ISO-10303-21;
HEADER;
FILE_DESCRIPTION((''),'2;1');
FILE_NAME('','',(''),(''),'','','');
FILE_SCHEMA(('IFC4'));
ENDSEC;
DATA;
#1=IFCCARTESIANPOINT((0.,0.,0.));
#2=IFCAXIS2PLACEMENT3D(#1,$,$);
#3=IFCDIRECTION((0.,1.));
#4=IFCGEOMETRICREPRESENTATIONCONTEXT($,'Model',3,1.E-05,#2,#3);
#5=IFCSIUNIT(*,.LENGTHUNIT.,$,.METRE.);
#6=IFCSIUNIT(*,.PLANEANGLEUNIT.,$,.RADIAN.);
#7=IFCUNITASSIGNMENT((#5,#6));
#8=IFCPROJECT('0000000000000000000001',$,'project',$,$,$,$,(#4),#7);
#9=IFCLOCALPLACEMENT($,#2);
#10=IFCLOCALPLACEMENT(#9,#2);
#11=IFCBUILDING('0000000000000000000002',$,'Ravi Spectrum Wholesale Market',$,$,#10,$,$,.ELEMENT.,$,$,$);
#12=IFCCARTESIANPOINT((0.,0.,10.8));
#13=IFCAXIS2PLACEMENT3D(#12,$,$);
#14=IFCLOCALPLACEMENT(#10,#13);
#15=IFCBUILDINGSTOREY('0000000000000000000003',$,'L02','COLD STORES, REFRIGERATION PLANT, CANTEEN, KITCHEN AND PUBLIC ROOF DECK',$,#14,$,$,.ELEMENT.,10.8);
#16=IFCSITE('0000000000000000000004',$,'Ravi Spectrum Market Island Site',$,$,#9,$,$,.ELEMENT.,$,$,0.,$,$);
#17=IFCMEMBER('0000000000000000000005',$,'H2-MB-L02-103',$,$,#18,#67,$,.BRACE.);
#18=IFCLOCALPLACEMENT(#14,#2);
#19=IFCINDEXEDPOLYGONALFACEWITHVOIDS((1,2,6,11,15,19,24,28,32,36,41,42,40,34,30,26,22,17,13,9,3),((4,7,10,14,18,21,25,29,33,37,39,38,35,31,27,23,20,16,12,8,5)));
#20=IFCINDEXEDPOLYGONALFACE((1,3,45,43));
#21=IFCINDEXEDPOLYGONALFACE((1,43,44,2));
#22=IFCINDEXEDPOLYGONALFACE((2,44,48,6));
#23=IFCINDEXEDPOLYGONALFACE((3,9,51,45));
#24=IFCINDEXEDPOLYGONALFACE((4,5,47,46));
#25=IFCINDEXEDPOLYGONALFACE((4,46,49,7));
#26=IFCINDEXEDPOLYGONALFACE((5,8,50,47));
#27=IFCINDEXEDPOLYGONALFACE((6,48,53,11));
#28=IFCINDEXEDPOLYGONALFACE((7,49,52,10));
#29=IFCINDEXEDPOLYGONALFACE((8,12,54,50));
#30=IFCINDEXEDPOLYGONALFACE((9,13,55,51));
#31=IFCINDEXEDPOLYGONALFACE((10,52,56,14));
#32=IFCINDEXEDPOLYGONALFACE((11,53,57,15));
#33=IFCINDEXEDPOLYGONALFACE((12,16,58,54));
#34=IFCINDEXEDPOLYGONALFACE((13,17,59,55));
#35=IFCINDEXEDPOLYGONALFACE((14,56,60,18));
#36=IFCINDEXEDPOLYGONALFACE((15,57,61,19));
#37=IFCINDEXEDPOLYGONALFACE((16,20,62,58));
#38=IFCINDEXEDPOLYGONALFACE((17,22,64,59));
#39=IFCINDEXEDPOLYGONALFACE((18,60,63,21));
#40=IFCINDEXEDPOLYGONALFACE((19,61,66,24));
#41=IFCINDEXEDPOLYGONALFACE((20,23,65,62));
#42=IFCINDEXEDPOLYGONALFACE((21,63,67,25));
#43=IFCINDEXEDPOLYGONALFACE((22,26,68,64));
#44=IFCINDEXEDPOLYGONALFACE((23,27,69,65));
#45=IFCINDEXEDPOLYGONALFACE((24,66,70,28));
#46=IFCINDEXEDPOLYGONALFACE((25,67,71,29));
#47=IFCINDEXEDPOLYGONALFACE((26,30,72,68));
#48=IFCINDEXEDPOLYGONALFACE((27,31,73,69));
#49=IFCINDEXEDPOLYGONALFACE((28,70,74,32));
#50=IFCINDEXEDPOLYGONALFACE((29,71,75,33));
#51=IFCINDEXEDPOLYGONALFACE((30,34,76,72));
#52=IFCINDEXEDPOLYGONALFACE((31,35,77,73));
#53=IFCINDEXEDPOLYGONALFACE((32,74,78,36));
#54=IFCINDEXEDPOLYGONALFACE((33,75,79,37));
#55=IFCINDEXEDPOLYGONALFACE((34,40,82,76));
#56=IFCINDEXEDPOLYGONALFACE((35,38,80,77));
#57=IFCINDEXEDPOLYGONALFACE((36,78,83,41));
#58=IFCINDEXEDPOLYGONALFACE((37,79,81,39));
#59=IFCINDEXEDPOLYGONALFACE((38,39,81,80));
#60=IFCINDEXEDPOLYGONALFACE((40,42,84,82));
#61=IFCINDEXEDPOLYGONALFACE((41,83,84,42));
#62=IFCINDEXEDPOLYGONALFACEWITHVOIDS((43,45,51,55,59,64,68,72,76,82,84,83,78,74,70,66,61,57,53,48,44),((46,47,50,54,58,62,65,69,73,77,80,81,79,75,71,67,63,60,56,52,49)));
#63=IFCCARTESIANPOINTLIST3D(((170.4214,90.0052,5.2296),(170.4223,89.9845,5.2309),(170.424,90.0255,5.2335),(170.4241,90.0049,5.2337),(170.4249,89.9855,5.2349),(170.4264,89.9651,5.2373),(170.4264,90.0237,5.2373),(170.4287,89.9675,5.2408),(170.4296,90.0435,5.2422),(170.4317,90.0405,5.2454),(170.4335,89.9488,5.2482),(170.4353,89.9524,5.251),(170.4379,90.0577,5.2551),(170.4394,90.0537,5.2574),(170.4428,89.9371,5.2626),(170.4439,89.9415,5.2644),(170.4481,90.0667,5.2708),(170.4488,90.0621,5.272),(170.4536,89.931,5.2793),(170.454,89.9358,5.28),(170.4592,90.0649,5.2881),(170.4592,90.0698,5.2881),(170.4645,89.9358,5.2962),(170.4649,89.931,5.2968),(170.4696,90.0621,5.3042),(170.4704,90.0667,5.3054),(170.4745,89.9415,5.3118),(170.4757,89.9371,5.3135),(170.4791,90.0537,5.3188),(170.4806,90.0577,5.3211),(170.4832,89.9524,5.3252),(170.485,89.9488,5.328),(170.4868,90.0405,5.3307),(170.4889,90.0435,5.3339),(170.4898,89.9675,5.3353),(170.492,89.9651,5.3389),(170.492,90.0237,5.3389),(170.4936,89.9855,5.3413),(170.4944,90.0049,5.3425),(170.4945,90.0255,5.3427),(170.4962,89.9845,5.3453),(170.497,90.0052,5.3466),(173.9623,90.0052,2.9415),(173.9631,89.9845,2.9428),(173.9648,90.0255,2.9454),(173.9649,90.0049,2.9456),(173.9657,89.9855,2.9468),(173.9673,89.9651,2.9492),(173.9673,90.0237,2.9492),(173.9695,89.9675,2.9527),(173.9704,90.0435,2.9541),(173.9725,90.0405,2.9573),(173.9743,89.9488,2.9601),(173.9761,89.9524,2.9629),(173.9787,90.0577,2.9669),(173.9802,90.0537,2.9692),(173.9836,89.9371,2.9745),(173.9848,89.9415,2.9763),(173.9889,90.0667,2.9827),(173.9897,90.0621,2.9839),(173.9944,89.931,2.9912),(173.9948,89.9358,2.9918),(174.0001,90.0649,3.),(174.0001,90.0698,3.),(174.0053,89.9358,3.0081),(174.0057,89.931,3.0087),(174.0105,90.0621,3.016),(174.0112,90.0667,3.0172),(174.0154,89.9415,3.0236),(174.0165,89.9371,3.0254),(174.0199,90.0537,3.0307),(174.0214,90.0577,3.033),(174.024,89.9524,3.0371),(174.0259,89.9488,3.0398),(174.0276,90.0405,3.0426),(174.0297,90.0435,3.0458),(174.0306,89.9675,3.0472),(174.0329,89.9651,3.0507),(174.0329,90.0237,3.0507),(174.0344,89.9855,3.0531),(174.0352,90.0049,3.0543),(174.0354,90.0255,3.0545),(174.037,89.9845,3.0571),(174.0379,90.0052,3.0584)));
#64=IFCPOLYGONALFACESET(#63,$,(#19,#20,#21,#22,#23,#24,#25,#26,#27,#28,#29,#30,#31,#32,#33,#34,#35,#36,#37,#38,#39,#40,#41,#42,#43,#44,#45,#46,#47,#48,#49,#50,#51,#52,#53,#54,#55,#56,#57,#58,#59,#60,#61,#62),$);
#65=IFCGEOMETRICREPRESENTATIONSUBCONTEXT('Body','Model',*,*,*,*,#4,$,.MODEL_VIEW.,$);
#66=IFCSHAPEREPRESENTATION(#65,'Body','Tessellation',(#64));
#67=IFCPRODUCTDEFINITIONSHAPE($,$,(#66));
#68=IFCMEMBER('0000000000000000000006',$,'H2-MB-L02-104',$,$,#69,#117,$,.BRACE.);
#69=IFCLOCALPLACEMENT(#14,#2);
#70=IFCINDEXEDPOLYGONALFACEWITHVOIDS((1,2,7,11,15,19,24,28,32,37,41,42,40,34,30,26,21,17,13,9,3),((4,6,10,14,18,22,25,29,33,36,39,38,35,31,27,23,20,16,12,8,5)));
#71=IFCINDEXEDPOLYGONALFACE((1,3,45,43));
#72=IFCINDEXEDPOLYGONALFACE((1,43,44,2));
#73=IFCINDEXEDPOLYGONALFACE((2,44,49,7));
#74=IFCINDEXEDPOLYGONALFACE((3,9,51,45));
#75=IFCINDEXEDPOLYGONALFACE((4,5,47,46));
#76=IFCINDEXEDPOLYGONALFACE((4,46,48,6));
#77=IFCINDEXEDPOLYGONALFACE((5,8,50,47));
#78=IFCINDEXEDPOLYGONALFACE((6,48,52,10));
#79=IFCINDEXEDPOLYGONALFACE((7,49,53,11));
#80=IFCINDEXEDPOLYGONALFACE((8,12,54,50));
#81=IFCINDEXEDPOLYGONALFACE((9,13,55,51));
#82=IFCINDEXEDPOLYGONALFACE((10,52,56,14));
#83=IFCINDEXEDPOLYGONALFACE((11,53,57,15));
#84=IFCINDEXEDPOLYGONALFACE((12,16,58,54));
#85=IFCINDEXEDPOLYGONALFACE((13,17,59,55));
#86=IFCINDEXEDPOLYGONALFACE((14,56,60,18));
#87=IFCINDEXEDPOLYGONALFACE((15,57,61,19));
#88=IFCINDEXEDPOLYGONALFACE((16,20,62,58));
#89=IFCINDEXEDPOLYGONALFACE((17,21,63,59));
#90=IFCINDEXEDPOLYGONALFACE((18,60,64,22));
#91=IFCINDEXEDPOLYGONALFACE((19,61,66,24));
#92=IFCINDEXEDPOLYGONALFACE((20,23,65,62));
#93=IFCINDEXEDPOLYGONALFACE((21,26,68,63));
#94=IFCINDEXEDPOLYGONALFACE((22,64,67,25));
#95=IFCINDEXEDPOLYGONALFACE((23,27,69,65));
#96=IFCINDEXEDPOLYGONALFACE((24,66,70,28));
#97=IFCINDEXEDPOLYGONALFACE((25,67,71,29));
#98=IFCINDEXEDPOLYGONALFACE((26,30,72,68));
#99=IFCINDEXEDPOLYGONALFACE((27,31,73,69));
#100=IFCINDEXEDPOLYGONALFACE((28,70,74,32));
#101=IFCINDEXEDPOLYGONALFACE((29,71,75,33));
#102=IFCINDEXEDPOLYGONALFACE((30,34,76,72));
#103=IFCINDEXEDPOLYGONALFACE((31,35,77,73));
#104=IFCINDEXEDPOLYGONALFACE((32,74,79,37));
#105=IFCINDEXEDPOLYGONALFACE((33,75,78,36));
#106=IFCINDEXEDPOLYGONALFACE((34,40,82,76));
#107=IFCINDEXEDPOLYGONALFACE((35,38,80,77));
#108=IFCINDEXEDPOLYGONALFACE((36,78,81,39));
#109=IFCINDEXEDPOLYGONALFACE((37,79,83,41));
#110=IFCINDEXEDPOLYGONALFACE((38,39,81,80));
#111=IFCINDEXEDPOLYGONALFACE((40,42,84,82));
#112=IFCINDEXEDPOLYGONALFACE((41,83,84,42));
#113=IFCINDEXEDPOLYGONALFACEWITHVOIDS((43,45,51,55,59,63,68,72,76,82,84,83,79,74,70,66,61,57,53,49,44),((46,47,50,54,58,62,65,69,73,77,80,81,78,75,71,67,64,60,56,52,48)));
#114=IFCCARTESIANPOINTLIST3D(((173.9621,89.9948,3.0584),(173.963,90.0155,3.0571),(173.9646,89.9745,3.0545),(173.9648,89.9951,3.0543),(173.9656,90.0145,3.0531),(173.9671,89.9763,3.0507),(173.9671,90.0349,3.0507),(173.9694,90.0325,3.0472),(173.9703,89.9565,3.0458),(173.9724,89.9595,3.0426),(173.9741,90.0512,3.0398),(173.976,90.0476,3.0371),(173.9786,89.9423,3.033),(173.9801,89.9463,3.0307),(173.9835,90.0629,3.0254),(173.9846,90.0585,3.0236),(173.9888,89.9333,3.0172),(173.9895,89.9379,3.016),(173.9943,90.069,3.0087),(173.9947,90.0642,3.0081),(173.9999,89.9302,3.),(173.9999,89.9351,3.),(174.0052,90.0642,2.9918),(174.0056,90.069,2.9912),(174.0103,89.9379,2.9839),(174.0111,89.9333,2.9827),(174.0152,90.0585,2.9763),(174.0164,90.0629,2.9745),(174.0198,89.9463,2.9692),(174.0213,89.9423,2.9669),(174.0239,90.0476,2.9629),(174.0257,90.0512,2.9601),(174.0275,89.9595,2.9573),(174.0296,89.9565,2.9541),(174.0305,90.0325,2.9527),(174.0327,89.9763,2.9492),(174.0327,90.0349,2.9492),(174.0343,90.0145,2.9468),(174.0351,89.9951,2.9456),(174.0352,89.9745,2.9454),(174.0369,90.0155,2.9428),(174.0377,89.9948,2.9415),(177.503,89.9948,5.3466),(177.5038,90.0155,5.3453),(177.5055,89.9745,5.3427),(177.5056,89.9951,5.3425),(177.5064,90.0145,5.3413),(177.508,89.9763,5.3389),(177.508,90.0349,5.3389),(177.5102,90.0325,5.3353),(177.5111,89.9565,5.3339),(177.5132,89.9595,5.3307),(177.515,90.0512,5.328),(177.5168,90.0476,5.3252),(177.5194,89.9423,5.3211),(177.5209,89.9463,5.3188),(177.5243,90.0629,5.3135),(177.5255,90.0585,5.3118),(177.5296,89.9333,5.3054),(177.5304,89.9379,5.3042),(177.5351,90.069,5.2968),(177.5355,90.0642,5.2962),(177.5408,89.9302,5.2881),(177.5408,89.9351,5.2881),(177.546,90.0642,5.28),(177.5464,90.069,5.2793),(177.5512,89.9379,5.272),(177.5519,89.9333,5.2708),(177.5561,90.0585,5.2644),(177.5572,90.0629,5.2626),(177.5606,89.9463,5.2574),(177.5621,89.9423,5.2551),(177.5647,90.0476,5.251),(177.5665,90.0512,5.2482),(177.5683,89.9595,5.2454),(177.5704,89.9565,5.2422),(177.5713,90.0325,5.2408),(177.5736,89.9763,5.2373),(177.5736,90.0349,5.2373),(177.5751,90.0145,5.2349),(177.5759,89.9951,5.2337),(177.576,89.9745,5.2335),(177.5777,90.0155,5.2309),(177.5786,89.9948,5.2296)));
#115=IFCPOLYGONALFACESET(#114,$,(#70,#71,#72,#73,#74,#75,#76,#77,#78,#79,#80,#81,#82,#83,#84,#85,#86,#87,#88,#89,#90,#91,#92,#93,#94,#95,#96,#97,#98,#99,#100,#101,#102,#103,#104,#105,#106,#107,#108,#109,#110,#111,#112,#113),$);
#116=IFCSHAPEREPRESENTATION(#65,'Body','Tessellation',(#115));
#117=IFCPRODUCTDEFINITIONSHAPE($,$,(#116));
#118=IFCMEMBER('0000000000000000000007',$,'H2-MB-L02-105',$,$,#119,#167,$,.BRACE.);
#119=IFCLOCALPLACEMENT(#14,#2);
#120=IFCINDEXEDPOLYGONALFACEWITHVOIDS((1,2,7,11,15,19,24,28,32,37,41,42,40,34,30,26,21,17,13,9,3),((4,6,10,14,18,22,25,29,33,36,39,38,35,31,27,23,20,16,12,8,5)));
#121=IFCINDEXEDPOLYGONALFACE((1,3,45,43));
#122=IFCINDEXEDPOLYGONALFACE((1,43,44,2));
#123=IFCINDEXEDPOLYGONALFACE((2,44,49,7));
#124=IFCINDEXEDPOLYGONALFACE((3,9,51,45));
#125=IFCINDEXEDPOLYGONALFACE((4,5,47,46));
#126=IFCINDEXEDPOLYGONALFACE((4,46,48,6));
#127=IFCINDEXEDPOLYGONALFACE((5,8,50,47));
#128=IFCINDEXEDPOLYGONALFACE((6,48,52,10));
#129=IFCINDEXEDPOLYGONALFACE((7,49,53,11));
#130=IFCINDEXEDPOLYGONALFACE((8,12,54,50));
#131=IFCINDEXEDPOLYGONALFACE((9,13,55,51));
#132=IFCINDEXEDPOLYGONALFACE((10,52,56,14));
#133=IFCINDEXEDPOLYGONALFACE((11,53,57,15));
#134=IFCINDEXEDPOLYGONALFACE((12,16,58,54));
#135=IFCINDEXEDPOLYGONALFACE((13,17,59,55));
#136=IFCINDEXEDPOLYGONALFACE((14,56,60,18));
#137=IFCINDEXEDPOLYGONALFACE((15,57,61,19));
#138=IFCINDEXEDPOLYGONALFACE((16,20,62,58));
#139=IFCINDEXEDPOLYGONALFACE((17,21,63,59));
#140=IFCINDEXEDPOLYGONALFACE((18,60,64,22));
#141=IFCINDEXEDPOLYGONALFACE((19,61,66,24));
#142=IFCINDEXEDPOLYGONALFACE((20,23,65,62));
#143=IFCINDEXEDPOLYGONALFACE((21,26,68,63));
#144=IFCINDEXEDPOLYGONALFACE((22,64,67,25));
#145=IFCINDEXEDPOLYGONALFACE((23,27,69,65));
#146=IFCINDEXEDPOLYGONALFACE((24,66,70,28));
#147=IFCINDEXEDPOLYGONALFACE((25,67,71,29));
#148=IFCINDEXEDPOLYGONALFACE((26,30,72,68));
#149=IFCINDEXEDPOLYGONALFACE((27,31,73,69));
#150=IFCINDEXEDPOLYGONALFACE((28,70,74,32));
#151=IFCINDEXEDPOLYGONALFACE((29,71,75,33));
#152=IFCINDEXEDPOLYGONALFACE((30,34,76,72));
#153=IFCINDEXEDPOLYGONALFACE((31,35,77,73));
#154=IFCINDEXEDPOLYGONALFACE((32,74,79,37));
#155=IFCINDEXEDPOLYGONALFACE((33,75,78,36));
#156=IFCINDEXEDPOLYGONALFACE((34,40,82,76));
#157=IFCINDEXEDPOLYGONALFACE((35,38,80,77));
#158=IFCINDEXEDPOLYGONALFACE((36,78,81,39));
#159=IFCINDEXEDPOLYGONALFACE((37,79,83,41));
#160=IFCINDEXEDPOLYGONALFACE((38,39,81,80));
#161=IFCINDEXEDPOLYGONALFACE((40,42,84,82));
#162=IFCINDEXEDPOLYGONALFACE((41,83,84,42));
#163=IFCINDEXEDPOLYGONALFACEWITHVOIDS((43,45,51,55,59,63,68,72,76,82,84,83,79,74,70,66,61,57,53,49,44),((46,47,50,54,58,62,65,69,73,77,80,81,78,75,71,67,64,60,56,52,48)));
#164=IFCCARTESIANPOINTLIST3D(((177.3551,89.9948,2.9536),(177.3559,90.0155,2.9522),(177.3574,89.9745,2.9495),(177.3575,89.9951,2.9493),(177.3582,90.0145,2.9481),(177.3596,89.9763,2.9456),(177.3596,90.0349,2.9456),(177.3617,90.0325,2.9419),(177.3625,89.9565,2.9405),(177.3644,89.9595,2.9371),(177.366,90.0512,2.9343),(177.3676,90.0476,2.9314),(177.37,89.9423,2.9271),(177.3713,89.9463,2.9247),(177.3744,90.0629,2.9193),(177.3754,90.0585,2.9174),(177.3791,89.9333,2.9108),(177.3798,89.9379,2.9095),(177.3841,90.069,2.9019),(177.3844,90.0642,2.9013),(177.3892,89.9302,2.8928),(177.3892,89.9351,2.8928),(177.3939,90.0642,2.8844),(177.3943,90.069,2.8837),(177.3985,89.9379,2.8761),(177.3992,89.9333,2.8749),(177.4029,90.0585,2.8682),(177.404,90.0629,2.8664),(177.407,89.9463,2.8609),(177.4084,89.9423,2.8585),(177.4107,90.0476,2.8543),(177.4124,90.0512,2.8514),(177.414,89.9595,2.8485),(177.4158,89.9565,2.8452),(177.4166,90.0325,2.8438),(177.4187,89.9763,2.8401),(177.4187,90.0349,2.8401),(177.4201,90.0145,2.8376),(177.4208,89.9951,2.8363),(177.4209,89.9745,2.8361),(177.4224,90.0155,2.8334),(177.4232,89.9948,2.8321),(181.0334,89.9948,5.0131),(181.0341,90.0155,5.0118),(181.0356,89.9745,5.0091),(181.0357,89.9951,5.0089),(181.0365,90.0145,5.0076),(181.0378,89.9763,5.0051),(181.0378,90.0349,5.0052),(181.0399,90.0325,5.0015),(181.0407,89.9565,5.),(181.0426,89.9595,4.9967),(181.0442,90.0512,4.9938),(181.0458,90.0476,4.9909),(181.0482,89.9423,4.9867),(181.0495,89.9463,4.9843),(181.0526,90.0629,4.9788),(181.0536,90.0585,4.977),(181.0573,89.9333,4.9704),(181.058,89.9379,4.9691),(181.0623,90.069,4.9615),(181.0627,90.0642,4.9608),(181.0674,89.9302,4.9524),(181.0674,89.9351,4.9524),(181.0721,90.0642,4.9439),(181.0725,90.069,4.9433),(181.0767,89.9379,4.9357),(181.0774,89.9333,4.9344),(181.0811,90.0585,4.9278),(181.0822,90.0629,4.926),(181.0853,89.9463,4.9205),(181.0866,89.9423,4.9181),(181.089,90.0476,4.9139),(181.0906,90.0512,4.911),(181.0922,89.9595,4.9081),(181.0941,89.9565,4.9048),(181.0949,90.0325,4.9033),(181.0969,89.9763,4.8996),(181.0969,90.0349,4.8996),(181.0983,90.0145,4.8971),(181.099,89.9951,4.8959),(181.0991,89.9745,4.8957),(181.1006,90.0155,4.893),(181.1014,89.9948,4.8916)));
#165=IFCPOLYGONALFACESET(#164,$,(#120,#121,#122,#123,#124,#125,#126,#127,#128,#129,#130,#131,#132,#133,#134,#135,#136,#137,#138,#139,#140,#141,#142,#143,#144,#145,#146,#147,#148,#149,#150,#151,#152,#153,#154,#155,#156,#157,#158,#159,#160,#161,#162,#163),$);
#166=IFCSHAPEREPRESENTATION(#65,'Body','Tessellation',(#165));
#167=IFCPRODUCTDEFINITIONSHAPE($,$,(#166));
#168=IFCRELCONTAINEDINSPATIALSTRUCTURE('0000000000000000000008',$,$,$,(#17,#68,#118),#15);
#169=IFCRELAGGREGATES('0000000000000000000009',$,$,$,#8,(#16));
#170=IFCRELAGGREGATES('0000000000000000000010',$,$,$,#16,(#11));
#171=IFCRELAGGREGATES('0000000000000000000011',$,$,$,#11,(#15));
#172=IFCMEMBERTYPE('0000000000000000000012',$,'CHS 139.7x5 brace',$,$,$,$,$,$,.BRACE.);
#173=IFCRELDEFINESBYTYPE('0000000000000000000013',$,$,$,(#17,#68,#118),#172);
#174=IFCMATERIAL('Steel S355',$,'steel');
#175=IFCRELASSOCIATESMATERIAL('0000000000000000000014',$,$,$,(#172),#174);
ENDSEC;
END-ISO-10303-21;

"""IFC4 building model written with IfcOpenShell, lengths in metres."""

from ifc_helpers import new_model, si_unit, direction, frame, origin, origin_2d, place, context, subcontext, project, spatial, hollow_circle, extrude, material, material_profile, profile_set, type_object, element, save


model = new_model("IFC4")

# Units and contexts
model_context = context("Model", 3, precision=1e-05, world=origin(), true_north=direction((0.0, 1.0)))
body_context = subcontext(model_context, "Body", "Model", "MODEL_VIEW")
ifc_project = project(units=[si_unit("LENGTHUNIT", "METRE"), si_unit("PLANEANGLEUNIT", "RADIAN")], contexts=[model_context])

# Site, building, storey
site_placement = place(None, origin())
site = spatial("IfcSite", under=ifc_project, at=site_placement, Name="Ravi Spectrum Market Island Site", CompositionType="ELEMENT", RefElevation=0.0)
building_placement = place(site_placement, origin())
building = spatial("IfcBuilding", under=site, at=building_placement, Name="Ravi Spectrum Wholesale Market", CompositionType="ELEMENT")
storey_placement = place(building_placement, frame((0.0, 0.0, 10.8)))
storey = spatial("IfcBuildingStorey", under=building, at=storey_placement, Name="L02", Description="COLD STORES, REFRIGERATION PLANT, CANTEEN, KITCHEN AND PUBLIC ROOF DECK", CompositionType="ELEMENT", Elevation=10.8)

# Members
ifc_material_1 = material(Name="Steel S355", Category="steel")
ifc_material_profile_1 = material_profile(ifc_material_1, hollow_circle(Radius=0.0698, WallThickness=0.0049, at=origin_2d()))
ifc_profile_set_1 = profile_set([ifc_material_profile_1], Name="Steel S355")
member_type_1 = type_object("IfcMemberType", Name="CHS 139.7x5 brace", PredefinedType="BRACE", material=ifc_profile_set_1)
for number, where, z_axis, x_axis, name in (
    (1, (170.4592, 90.0, 5.2881), (0.839895, 0.0, -0.542749), (0.0, 1.0, 0.0), "H2-MB-L02-103"),
    (2, (177.5408, 90.0, 5.2881), (-0.839895, 0.0, -0.542749), (0.0, -1.0, 0.0), "H2-MB-L02-104"),
):
    element("IfcMember", number, at=place(storey_placement, frame(where, z_axis=z_axis, x_axis=x_axis)), inside=storey, type_object=member_type_1, Name=name, PredefinedType="BRACE", context=body_context, shape_type="SweptSolid", body=[
        extrude(hollow_circle(Radius=0.0698, WallThickness=0.0049, at=origin_2d()), origin(), (0.0, 0.0, 1.0), 4.2158),
    ])
for number, where, z_axis, x_axis, name in (
    (3, (181.0674, 90.0, 4.9524), (-0.87253, 0.0, -0.488561), (0.0, -1.0, 0.0), "H2-MB-L02-105"),
):
    element("IfcMember", number, at=place(storey_placement, frame(where, z_axis=z_axis, x_axis=x_axis)), inside=storey, type_object=member_type_1, Name=name, PredefinedType="BRACE", context=body_context, shape_type="SweptSolid", body=[
        extrude(hollow_circle(Radius=0.0698, WallThickness=0.0049, at=origin_2d()), origin(), (0.0, 0.0, 1.0), 4.2156),
    ])

save(model, "model.ifc")
